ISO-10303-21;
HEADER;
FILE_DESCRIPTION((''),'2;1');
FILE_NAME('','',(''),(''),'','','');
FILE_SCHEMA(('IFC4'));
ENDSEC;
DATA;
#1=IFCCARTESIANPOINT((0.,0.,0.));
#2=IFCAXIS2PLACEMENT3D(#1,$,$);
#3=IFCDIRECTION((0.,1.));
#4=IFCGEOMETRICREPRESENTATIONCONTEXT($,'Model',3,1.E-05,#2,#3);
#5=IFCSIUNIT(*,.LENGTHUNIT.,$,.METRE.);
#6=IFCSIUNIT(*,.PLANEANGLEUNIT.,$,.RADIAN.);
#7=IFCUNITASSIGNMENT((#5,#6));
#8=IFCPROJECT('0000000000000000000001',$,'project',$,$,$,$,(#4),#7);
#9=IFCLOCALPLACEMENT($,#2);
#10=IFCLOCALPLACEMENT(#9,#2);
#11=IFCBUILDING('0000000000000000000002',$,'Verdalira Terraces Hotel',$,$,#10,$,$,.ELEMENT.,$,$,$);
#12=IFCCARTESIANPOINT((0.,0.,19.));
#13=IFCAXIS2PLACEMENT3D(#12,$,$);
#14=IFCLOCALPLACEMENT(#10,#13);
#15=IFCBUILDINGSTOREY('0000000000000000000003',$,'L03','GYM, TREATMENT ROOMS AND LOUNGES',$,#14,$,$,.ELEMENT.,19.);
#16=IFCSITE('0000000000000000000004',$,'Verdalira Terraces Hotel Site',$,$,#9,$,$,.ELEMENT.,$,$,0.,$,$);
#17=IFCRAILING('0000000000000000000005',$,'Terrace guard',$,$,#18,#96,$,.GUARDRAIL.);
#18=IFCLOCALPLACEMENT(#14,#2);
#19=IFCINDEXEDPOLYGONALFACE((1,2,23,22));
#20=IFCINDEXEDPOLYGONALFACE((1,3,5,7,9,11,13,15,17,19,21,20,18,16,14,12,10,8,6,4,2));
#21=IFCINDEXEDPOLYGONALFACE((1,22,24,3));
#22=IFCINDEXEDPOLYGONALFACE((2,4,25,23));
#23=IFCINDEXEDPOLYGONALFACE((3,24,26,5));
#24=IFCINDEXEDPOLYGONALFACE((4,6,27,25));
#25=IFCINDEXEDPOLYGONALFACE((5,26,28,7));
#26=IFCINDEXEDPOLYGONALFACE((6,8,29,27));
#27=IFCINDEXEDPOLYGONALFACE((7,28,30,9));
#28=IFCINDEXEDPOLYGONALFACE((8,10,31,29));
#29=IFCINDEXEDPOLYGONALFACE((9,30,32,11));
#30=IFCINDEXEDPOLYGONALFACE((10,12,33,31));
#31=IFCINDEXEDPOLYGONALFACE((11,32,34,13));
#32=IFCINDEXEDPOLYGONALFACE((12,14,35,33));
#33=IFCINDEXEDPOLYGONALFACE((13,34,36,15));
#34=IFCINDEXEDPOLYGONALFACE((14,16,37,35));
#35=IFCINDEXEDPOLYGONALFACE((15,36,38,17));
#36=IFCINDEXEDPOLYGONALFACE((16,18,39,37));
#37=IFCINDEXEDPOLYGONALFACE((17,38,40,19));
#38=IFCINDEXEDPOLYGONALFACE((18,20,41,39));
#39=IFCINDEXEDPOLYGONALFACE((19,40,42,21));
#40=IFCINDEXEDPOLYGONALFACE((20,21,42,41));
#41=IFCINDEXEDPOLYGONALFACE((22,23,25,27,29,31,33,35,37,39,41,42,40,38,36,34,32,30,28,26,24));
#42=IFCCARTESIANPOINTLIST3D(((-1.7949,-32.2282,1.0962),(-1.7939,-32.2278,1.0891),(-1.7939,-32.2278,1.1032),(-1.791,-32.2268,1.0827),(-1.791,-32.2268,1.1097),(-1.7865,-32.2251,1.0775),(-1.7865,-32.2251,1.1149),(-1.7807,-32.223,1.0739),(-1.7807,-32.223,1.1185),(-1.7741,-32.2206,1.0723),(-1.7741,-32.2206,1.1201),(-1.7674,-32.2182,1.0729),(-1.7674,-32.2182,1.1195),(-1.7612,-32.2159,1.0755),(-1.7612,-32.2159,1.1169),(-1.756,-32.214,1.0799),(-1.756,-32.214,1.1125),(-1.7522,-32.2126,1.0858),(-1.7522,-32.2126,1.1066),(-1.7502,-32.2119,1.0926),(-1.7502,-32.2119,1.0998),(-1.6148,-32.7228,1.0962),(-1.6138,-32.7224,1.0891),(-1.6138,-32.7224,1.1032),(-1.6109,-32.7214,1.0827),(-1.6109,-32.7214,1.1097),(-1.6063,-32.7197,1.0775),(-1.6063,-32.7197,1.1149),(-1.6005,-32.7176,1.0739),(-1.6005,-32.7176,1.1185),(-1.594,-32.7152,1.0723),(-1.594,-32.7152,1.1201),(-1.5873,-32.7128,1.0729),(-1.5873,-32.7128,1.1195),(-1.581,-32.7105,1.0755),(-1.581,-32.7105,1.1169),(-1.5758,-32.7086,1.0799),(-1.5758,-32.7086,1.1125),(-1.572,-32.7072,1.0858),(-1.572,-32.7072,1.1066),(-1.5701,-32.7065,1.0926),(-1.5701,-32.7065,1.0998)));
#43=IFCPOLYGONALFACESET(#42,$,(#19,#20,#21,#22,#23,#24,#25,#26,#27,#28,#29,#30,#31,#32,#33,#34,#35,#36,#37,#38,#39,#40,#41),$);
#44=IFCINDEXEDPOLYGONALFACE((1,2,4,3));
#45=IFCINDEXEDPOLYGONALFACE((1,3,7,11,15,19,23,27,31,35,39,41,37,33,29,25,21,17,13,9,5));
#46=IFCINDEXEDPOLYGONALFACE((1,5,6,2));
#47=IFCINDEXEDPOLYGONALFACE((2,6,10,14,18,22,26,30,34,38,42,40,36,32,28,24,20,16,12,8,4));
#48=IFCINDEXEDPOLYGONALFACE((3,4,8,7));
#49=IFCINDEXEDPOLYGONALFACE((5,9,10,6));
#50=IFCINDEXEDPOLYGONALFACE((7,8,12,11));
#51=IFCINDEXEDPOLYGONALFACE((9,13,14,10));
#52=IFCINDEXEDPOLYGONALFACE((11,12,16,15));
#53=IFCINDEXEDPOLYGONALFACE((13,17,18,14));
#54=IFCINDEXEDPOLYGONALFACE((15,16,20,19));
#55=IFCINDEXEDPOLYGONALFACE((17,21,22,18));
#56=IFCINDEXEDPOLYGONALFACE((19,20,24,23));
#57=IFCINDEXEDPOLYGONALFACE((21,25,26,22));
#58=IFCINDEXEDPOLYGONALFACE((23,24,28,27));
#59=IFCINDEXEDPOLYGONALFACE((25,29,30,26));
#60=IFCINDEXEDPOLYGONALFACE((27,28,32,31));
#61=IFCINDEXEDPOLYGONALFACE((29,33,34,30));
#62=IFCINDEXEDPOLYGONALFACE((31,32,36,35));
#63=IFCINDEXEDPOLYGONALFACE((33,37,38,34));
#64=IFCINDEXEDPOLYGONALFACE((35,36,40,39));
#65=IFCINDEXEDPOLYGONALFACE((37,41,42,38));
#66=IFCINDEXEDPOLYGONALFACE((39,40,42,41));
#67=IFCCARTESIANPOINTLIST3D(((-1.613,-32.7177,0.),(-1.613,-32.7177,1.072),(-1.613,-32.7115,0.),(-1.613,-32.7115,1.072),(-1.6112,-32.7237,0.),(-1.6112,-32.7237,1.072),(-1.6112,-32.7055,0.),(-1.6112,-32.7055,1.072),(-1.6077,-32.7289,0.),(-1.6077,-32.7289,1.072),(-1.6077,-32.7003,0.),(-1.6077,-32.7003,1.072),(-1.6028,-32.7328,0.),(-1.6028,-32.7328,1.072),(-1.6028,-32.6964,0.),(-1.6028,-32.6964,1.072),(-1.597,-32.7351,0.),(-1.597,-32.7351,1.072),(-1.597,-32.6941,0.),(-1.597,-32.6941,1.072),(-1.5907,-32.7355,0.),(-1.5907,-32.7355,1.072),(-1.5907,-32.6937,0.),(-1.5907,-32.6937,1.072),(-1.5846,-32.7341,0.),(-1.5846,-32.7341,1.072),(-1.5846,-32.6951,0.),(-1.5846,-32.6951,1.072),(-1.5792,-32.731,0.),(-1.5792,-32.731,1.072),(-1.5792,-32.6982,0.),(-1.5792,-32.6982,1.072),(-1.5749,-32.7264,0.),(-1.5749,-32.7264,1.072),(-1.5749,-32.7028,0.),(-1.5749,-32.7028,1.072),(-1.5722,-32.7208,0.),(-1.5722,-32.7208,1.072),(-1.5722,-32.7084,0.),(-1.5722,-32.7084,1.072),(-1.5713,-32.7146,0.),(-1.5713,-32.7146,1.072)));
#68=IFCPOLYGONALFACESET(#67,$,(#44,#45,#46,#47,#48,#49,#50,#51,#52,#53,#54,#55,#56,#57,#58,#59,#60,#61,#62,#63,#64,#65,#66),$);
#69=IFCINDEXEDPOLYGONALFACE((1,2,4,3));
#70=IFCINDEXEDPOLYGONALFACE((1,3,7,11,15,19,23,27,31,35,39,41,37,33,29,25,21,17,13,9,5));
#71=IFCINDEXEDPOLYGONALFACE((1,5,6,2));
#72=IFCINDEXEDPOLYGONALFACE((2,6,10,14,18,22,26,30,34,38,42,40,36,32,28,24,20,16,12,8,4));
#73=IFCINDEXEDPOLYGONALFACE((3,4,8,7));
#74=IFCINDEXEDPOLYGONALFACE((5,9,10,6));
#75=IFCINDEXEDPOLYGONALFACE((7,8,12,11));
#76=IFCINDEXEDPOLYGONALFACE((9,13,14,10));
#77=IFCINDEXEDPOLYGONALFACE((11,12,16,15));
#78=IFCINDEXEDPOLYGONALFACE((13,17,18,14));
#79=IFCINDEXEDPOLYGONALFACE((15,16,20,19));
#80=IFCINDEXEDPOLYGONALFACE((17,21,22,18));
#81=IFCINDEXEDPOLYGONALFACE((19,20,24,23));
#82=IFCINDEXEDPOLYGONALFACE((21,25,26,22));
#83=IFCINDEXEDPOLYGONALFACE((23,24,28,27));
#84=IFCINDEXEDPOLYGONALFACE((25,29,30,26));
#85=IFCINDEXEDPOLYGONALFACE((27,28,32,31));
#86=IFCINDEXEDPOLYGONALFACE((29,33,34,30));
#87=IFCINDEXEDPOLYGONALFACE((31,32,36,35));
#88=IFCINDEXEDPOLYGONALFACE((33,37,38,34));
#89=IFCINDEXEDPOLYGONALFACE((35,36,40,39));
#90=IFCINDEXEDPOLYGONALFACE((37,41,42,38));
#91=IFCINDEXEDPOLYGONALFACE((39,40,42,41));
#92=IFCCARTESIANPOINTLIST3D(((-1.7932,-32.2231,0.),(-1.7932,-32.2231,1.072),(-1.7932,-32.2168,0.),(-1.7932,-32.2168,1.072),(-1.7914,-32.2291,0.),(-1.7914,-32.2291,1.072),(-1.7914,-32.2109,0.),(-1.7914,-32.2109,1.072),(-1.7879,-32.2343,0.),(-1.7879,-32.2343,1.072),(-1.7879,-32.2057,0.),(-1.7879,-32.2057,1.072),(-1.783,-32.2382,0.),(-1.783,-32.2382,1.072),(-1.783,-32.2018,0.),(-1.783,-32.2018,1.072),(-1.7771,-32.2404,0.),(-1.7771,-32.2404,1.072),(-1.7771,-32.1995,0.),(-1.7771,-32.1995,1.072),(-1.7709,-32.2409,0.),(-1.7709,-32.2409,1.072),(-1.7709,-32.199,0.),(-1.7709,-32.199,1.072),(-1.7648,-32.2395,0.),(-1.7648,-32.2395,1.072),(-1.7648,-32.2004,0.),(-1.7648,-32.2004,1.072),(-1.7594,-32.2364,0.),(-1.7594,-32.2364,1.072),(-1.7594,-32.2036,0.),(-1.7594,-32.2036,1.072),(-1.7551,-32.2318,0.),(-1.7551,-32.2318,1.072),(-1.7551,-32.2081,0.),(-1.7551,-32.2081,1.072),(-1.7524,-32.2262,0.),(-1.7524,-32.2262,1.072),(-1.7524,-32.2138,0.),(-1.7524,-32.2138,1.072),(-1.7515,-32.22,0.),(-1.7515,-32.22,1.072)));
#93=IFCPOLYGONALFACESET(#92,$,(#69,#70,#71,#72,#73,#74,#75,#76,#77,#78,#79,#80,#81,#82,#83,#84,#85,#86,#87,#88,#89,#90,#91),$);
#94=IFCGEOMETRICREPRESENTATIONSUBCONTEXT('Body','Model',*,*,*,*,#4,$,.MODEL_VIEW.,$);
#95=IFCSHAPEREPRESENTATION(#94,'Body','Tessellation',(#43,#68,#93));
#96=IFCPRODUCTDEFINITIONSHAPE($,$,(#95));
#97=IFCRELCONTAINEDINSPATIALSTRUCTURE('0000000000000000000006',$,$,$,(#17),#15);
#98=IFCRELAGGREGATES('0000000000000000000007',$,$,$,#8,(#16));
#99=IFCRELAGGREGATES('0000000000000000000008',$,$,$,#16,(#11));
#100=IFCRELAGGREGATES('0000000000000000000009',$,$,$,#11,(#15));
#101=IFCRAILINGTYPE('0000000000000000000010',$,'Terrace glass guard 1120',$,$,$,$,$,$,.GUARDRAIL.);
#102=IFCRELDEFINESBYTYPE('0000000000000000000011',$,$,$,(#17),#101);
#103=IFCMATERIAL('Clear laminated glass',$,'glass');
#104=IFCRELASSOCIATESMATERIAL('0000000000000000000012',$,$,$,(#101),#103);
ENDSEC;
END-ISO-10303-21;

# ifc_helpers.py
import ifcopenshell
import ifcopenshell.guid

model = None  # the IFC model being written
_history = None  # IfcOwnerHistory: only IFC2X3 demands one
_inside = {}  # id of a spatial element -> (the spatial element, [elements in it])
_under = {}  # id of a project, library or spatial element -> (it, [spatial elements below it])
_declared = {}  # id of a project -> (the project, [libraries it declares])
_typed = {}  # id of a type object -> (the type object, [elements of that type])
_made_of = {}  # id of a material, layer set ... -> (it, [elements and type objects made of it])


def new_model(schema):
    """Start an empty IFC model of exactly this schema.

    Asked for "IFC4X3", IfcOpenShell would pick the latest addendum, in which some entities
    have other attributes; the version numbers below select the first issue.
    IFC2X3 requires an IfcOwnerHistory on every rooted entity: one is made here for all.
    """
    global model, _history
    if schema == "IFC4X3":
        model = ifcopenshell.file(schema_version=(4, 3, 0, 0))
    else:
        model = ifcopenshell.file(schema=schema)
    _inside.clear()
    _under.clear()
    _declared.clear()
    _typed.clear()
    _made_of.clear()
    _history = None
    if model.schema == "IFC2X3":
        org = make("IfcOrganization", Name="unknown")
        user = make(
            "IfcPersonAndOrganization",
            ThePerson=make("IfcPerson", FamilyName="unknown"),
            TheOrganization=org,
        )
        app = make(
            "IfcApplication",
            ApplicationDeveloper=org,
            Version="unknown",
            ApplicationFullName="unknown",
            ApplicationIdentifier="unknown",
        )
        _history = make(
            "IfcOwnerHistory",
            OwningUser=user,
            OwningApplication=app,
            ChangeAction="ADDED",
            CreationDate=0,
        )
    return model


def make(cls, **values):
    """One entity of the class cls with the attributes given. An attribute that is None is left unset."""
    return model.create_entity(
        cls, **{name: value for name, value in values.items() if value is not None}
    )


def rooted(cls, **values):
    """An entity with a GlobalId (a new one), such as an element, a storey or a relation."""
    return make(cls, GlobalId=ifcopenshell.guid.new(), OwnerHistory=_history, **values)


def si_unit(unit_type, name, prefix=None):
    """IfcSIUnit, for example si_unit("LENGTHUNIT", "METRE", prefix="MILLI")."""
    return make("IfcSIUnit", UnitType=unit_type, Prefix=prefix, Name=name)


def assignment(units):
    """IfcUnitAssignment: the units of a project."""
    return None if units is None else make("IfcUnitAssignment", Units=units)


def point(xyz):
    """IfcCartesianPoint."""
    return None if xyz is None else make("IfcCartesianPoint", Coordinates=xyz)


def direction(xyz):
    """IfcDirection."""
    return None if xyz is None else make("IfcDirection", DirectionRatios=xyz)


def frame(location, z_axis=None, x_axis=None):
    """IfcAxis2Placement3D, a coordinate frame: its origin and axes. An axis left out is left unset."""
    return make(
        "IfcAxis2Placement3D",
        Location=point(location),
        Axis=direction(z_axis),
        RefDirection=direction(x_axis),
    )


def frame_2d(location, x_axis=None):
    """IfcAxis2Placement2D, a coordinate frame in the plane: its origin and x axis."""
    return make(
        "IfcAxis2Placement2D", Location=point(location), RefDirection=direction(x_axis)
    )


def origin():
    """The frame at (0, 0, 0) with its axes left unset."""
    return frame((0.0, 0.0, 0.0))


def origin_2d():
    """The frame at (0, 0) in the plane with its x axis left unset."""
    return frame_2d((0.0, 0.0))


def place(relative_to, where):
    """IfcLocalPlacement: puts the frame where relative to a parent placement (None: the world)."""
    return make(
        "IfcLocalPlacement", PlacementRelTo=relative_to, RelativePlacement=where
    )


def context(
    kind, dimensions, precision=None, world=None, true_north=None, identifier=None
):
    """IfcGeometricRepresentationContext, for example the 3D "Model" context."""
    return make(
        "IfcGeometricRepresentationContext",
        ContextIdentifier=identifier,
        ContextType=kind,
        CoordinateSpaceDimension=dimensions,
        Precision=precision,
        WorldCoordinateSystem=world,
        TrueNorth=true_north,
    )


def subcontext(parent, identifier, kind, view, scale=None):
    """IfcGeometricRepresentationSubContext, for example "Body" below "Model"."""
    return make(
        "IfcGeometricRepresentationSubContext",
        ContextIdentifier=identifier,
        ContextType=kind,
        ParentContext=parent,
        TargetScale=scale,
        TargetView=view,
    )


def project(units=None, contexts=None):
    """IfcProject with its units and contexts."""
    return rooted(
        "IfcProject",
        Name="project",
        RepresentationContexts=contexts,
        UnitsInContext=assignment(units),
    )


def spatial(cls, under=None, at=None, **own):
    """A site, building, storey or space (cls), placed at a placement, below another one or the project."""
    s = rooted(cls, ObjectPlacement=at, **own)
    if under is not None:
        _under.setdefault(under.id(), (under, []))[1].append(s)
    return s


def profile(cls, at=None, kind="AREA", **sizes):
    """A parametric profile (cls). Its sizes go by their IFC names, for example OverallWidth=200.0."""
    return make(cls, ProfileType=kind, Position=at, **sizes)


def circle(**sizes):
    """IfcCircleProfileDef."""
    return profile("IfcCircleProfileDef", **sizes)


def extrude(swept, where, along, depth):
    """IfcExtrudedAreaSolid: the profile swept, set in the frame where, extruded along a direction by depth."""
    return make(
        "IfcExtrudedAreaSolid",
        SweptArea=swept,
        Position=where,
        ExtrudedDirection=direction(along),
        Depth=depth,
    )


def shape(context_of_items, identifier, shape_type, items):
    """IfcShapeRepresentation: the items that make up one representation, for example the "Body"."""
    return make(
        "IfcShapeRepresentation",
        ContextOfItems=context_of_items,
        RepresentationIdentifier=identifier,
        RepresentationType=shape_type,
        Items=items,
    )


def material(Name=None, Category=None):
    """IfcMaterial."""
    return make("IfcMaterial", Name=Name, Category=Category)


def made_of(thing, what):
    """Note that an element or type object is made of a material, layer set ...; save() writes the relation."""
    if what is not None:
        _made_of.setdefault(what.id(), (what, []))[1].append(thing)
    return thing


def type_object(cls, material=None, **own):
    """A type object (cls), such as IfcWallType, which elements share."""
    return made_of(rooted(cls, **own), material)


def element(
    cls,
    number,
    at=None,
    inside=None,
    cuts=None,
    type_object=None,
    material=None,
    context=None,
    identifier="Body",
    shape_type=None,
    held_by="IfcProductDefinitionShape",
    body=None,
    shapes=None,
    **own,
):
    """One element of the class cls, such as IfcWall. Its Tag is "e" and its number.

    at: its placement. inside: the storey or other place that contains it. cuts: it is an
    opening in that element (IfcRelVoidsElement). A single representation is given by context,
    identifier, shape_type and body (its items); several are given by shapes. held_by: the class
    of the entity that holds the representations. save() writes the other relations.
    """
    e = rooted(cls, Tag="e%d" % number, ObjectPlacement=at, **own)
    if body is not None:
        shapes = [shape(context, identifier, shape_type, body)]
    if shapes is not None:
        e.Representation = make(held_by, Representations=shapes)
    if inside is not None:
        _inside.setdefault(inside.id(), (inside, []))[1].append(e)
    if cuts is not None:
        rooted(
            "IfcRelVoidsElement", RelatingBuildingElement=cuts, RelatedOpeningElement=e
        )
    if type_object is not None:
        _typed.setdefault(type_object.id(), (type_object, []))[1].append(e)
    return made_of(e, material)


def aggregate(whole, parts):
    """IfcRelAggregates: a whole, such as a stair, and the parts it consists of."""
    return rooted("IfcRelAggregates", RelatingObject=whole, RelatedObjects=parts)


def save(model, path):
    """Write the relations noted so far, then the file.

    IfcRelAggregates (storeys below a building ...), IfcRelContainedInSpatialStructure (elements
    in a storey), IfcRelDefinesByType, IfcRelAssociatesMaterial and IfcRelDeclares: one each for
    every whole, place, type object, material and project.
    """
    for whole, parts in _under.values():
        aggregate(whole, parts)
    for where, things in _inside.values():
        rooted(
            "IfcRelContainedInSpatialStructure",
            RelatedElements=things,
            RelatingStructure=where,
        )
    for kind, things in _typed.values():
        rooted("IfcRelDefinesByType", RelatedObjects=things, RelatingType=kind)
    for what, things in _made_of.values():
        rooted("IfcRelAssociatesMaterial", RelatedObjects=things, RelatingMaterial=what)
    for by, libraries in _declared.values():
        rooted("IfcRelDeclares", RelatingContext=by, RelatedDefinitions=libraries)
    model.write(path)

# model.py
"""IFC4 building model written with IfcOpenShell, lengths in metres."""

from ifc_helpers import new_model, si_unit, direction, frame, origin, origin_2d, place, context, subcontext, project, spatial, circle, extrude, material, type_object, element, save


model = new_model("IFC4")

# Units and contexts
model_context = context("Model", 3, precision=1e-05, world=origin(), true_north=direction((0.0, 1.0)))
body_context = subcontext(model_context, "Body", "Model", "MODEL_VIEW")
ifc_project = project(units=[si_unit("LENGTHUNIT", "METRE"), si_unit("PLANEANGLEUNIT", "RADIAN")], contexts=[model_context])

# Site, building, storey
site_placement = place(None, origin())
site = spatial("IfcSite", under=ifc_project, at=site_placement, Name="Verdalira Terraces Hotel Site", CompositionType="ELEMENT", RefElevation=0.0)
building_placement = place(site_placement, origin())
building = spatial("IfcBuilding", under=site, at=building_placement, Name="Verdalira Terraces Hotel", CompositionType="ELEMENT")
storey_placement = place(building_placement, frame((0.0, 0.0, 19.0)))
storey = spatial("IfcBuildingStorey", under=building, at=storey_placement, Name="L03", Description="GYM, TREATMENT ROOMS AND LOUNGES", CompositionType="ELEMENT", Elevation=19.0)

# Railing
ifc_material_1 = material(Name="Clear laminated glass", Category="glass")
railing_type = type_object("IfcRailingType", Name="Terrace glass guard 1120", PredefinedType="GUARDRAIL", material=ifc_material_1)
railing_1_placement = place(storey_placement, frame((-1.5923, -32.7146, 0.0)))
element("IfcRailing", 1, at=railing_1_placement, inside=storey, type_object=railing_type, Name="Terrace guard", PredefinedType="GUARDRAIL", context=body_context, shape_type="SweptSolid", body=[
    extrude(circle(Radius=0.0239, at=origin_2d()), frame((0.0, 0.0, 1.0962), z_axis=(-0.342264, 0.939604, 0.0), x_axis=(-0.939604, -0.342264, 0.0)), (0.0, 0.0, 1.0), 0.5264),
    extrude(circle(Radius=0.021, at=origin_2d()), origin(), (0.0, 0.0, 1.0), 1.072),
    extrude(circle(Radius=0.021, at=origin_2d()), frame((-0.1802, 0.4946, 0.0)), (0.0, 0.0, 1.0), 1.072),
])

save(model, "model.ifc")
